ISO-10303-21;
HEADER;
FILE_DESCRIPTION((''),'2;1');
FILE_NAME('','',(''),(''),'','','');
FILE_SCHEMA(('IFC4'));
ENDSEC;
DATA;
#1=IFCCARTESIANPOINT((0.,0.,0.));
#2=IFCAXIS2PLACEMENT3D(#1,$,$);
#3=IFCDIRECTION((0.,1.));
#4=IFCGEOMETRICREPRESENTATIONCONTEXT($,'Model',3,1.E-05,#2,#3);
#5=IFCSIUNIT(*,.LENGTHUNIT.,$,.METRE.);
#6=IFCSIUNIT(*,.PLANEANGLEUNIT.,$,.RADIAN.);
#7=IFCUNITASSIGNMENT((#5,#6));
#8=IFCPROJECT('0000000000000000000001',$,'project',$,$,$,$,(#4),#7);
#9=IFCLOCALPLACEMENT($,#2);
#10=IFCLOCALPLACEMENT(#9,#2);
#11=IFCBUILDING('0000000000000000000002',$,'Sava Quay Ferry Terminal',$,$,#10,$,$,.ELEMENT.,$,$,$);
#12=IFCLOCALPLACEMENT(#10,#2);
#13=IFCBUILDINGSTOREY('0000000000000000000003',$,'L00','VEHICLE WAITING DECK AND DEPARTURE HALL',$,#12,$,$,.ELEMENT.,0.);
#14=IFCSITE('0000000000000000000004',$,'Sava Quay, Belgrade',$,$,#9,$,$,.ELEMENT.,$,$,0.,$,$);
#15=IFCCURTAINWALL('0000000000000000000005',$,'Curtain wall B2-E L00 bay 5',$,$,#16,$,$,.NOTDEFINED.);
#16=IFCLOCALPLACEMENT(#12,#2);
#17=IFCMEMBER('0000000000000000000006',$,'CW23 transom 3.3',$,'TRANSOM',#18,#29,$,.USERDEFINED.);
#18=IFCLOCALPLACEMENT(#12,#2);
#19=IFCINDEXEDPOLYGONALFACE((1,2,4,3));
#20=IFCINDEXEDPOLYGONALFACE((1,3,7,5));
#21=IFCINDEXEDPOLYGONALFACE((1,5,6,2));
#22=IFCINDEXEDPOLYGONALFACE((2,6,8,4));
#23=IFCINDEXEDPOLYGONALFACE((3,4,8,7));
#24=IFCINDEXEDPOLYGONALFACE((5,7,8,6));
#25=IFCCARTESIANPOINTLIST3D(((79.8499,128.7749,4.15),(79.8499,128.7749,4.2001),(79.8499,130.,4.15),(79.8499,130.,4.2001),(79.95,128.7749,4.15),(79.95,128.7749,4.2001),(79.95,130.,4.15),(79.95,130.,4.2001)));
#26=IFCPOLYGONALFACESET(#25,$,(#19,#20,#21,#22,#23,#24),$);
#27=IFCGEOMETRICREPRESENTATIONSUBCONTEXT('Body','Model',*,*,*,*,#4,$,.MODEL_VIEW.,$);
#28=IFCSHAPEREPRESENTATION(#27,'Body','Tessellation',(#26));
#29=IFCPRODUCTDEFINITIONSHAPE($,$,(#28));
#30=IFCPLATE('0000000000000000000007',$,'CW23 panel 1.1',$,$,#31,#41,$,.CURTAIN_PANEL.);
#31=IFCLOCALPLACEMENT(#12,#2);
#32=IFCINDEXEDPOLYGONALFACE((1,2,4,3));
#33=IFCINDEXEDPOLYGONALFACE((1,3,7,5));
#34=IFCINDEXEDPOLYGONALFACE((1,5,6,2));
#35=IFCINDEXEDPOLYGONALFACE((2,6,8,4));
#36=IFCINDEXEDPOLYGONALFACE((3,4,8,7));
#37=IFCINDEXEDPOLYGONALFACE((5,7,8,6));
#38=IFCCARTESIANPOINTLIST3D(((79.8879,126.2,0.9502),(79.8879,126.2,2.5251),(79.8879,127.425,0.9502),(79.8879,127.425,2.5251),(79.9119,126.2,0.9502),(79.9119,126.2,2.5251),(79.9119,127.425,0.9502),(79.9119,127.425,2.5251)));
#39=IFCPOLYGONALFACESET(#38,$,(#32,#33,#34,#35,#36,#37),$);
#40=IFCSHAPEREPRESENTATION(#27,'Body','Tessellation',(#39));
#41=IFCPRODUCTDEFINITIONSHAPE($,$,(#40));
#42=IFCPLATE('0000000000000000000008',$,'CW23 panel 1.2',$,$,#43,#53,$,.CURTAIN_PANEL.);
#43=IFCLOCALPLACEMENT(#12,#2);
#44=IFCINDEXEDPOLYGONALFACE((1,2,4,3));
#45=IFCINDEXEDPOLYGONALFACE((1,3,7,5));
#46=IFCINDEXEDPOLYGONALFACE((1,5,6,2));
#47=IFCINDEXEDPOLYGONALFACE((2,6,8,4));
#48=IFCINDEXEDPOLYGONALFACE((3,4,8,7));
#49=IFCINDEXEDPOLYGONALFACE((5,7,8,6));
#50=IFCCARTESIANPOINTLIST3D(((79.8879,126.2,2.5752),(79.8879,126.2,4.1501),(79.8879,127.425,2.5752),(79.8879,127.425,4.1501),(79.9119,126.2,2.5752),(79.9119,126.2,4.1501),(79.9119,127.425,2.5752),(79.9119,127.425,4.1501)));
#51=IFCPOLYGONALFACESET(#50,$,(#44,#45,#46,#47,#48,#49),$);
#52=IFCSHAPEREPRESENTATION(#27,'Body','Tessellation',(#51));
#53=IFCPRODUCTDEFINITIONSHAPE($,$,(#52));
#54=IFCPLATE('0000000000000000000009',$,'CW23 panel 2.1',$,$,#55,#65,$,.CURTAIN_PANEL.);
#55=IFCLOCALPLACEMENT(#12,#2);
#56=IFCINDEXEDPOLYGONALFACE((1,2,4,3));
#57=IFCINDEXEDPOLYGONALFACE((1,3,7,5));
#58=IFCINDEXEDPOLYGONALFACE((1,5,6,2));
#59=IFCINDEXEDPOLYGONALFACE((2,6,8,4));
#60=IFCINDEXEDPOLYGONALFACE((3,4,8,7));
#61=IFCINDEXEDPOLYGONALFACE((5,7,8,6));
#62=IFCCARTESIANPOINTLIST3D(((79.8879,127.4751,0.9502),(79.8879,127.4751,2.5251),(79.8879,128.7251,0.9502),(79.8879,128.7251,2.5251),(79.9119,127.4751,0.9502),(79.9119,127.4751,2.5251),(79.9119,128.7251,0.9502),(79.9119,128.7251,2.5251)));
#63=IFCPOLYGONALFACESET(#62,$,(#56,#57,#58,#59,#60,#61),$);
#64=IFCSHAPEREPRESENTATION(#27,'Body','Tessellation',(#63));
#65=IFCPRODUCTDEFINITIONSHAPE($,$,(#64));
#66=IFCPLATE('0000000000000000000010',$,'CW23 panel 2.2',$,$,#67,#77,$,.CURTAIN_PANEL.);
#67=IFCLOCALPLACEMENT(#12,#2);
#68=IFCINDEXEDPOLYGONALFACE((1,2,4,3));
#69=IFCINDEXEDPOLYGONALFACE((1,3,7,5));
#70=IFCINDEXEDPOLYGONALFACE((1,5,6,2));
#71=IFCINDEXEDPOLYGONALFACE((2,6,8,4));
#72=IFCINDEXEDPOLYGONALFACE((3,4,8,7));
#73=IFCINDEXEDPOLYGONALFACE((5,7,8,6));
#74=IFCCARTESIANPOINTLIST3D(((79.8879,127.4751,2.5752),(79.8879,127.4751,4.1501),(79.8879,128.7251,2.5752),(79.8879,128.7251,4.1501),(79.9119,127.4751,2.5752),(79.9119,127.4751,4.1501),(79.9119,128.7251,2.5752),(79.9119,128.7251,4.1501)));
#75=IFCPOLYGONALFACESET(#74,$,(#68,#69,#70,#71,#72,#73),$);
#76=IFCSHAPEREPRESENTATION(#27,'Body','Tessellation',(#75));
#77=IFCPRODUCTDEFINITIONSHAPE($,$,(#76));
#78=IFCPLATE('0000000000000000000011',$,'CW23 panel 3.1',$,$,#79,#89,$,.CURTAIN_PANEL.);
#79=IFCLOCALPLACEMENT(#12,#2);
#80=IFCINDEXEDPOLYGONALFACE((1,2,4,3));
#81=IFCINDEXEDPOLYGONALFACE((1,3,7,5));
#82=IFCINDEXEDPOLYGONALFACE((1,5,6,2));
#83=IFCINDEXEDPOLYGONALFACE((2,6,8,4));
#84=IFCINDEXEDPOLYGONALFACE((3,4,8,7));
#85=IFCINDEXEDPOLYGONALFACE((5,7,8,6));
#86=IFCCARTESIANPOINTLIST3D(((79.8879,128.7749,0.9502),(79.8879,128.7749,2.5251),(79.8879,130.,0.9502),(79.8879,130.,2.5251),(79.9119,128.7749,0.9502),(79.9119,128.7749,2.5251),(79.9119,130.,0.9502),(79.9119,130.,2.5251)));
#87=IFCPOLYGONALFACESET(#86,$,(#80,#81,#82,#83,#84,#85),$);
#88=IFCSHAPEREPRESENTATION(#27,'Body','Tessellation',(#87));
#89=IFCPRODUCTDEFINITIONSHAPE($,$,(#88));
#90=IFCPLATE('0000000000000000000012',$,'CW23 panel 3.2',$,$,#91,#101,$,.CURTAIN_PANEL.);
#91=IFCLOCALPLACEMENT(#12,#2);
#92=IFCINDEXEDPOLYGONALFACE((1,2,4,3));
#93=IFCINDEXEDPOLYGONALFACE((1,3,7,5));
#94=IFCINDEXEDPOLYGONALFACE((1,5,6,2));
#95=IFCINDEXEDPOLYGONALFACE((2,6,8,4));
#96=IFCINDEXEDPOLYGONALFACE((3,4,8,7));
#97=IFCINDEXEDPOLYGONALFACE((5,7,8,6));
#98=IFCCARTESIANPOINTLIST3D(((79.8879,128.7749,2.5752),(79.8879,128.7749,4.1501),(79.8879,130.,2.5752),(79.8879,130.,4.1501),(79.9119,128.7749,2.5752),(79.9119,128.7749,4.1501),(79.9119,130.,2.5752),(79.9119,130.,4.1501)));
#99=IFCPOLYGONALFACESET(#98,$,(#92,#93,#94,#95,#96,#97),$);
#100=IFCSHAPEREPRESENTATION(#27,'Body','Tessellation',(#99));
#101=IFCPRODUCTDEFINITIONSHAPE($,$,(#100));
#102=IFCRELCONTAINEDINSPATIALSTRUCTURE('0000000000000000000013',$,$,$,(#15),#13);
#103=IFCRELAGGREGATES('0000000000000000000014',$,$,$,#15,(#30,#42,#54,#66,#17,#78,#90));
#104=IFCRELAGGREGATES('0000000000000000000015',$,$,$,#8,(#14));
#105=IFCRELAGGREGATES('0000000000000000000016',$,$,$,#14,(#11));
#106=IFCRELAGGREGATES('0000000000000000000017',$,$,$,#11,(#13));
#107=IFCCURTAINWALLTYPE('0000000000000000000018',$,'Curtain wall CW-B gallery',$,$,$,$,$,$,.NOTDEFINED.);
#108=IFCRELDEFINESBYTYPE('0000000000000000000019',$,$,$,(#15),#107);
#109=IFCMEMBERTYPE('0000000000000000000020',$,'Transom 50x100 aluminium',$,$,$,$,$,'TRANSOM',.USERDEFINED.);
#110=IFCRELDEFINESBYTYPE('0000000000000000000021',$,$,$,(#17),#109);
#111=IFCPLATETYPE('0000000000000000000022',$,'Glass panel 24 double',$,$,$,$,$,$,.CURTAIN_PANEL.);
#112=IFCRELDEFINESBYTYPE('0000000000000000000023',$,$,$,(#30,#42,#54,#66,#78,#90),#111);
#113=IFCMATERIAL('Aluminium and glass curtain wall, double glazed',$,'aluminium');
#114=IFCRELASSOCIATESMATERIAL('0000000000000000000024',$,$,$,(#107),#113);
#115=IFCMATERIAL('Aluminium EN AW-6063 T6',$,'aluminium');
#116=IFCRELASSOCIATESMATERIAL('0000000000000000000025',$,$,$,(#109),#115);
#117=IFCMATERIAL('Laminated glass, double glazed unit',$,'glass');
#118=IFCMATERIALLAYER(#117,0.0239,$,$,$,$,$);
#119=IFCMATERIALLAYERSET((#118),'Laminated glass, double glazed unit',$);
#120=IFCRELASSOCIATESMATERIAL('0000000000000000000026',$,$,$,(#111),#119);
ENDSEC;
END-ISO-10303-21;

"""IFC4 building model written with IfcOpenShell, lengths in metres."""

from ifc_helpers import new_model, si_unit, direction, frame, origin, origin_2d, place, context, subcontext, project, spatial, rectangle, extrude, material, layer, layer_set, material_profile, profile_set, type_object, element, aggregate, save


model = new_model("IFC4")

# Units and contexts
model_context = context("Model", 3, precision=1e-05, world=origin(), true_north=direction((0.0, 1.0)))
body_context = subcontext(model_context, "Body", "Model", "MODEL_VIEW")
ifc_project = project(units=[si_unit("LENGTHUNIT", "METRE"), si_unit("PLANEANGLEUNIT", "RADIAN")], contexts=[model_context])

# Site, building, storey
site_placement = place(None, origin())
site = spatial("IfcSite", under=ifc_project, at=site_placement, Name="Sava Quay, Belgrade", CompositionType="ELEMENT", RefElevation=0.0)
building_placement = place(site_placement, origin())
building = spatial("IfcBuilding", under=site, at=building_placement, Name="Sava Quay Ferry Terminal", CompositionType="ELEMENT")
storey_placement = place(building_placement, origin())
storey = spatial("IfcBuildingStorey", under=building, at=storey_placement, Name="L00", Description="VEHICLE WAITING DECK AND DEPARTURE HALL", CompositionType="ELEMENT", Elevation=0.0)

# Curtain wall, member, plates
ifc_material_1 = material(Name="Aluminium and glass curtain wall, double glazed", Category="aluminium")
curtain_wall_type = type_object("IfcCurtainWallType", Name="Curtain wall CW-B gallery", PredefinedType="NOTDEFINED", material=ifc_material_1)
curtain_wall_placement = place(storey_placement, origin())
curtain_wall = element("IfcCurtainWall", 1, at=curtain_wall_placement, inside=storey, type_object=curtain_wall_type, Name="Curtain wall B2-E L00 bay 5", PredefinedType="NOTDEFINED")
ifc_material_2 = material(Name="Aluminium EN AW-6063 T6", Category="aluminium")
ifc_material_profile_1 = material_profile(ifc_material_2, rectangle(XDim=0.1001, YDim=0.05, at=origin_2d()), Name="Transom 50x100 aluminium")
ifc_profile_set_1 = profile_set([ifc_material_profile_1], Name="Aluminium EN AW-6063 T6")
member_type_1 = type_object("IfcMemberType", Name="Transom 50x100 aluminium", ElementType="TRANSOM", PredefinedType="USERDEFINED", material=ifc_profile_set_1)
member_1_placement = place(storey_placement, frame((79.8999, 128.7749, 4.175), z_axis=(0.0, 1.0, 0.0), x_axis=(-1.0, 0.0, 0.0)))
member_1 = element("IfcMember", 2, at=member_1_placement, type_object=member_type_1, Name="CW23 transom 3.3", ObjectType="TRANSOM", PredefinedType="USERDEFINED", context=body_context, shape_type="SweptSolid", body=[
    extrude(rectangle(XDim=0.1001, YDim=0.05, at=origin_2d()), origin(), (0.0, 0.0, 1.0), 1.2251),
])
ifc_material_3 = material(Name="Laminated glass, double glazed unit", Category="glass")
ifc_layer = layer(ifc_material_3, 0.0239)
ifc_layer_set = layer_set([ifc_layer], Name="Laminated glass, double glazed unit")
plate_type = type_object("IfcPlateType", Name="Glass panel 24 double", PredefinedType="CURTAIN_PANEL", material=ifc_layer_set)
plate_1_placement = place(storey_placement, frame((79.8999, 126.8125, 0.9502), z_axis=(0.0, 0.0, 1.0), x_axis=(0.0, 1.0, 0.0)))
plate_1 = element("IfcPlate", 3, at=plate_1_placement, type_object=plate_type, Name="CW23 panel 1.1", PredefinedType="CURTAIN_PANEL", context=body_context, shape_type="SweptSolid", body=[
    extrude(rectangle(XDim=1.2251, YDim=0.0239, at=origin_2d()), origin(), (0.0, 0.0, 1.0), 1.575),
])
plate_2_placement = place(storey_placement, frame((79.8999, 126.8125, 2.5752), z_axis=(0.0, 0.0, 1.0), x_axis=(0.0, 1.0, 0.0)))
plate_2 = element("IfcPlate", 4, at=plate_2_placement, type_object=plate_type, Name="CW23 panel 1.2", PredefinedType="CURTAIN_PANEL", context=body_context, shape_type="SweptSolid", body=[
    extrude(rectangle(XDim=1.2251, YDim=0.0239, at=origin_2d()), origin(), (0.0, 0.0, 1.0), 1.575),
])
plate_3_placement = place(storey_placement, frame((79.8999, 128.1001, 0.9502), z_axis=(0.0, 0.0, 1.0), x_axis=(0.0, 1.0, 0.0)))
plate_3 = element("IfcPlate", 5, at=plate_3_placement, type_object=plate_type, Name="CW23 panel 2.1", PredefinedType="CURTAIN_PANEL", context=body_context, shape_type="SweptSolid", body=[
    extrude(rectangle(XDim=1.25, YDim=0.0239, at=origin_2d()), origin(), (0.0, 0.0, 1.0), 1.575),
])
plate_4_placement = place(storey_placement, frame((79.8999, 128.1001, 2.5752), z_axis=(0.0, 0.0, 1.0), x_axis=(0.0, 1.0, 0.0)))
plate_4 = element("IfcPlate", 6, at=plate_4_placement, type_object=plate_type, Name="CW23 panel 2.2", PredefinedType="CURTAIN_PANEL", context=body_context, shape_type="SweptSolid", body=[
    extrude(rectangle(XDim=1.25, YDim=0.0239, at=origin_2d()), origin(), (0.0, 0.0, 1.0), 1.575),
])
plate_5_placement = place(storey_placement, frame((79.8999, 129.3875, 0.9502), z_axis=(0.0, 0.0, 1.0), x_axis=(0.0, 1.0, 0.0)))
plate_5 = element("IfcPlate", 7, at=plate_5_placement, type_object=plate_type, Name="CW23 panel 3.1", PredefinedType="CURTAIN_PANEL", context=body_context, shape_type="SweptSolid", body=[
    extrude(rectangle(XDim=1.2251, YDim=0.0239, at=origin_2d()), origin(), (0.0, 0.0, 1.0), 1.575),
])
plate_6_placement = place(storey_placement, frame((79.8999, 129.3875, 2.5752), z_axis=(0.0, 0.0, 1.0), x_axis=(0.0, 1.0, 0.0)))
plate_6 = element("IfcPlate", 8, at=plate_6_placement, type_object=plate_type, Name="CW23 panel 3.2", PredefinedType="CURTAIN_PANEL", context=body_context, shape_type="SweptSolid", body=[
    extrude(rectangle(XDim=1.2251, YDim=0.0239, at=origin_2d()), origin(), (0.0, 0.0, 1.0), 1.575),
])
aggregate(curtain_wall, [plate_1, plate_2, plate_3, plate_4, member_1, plate_5, plate_6])

save(model, "model.ifc")
